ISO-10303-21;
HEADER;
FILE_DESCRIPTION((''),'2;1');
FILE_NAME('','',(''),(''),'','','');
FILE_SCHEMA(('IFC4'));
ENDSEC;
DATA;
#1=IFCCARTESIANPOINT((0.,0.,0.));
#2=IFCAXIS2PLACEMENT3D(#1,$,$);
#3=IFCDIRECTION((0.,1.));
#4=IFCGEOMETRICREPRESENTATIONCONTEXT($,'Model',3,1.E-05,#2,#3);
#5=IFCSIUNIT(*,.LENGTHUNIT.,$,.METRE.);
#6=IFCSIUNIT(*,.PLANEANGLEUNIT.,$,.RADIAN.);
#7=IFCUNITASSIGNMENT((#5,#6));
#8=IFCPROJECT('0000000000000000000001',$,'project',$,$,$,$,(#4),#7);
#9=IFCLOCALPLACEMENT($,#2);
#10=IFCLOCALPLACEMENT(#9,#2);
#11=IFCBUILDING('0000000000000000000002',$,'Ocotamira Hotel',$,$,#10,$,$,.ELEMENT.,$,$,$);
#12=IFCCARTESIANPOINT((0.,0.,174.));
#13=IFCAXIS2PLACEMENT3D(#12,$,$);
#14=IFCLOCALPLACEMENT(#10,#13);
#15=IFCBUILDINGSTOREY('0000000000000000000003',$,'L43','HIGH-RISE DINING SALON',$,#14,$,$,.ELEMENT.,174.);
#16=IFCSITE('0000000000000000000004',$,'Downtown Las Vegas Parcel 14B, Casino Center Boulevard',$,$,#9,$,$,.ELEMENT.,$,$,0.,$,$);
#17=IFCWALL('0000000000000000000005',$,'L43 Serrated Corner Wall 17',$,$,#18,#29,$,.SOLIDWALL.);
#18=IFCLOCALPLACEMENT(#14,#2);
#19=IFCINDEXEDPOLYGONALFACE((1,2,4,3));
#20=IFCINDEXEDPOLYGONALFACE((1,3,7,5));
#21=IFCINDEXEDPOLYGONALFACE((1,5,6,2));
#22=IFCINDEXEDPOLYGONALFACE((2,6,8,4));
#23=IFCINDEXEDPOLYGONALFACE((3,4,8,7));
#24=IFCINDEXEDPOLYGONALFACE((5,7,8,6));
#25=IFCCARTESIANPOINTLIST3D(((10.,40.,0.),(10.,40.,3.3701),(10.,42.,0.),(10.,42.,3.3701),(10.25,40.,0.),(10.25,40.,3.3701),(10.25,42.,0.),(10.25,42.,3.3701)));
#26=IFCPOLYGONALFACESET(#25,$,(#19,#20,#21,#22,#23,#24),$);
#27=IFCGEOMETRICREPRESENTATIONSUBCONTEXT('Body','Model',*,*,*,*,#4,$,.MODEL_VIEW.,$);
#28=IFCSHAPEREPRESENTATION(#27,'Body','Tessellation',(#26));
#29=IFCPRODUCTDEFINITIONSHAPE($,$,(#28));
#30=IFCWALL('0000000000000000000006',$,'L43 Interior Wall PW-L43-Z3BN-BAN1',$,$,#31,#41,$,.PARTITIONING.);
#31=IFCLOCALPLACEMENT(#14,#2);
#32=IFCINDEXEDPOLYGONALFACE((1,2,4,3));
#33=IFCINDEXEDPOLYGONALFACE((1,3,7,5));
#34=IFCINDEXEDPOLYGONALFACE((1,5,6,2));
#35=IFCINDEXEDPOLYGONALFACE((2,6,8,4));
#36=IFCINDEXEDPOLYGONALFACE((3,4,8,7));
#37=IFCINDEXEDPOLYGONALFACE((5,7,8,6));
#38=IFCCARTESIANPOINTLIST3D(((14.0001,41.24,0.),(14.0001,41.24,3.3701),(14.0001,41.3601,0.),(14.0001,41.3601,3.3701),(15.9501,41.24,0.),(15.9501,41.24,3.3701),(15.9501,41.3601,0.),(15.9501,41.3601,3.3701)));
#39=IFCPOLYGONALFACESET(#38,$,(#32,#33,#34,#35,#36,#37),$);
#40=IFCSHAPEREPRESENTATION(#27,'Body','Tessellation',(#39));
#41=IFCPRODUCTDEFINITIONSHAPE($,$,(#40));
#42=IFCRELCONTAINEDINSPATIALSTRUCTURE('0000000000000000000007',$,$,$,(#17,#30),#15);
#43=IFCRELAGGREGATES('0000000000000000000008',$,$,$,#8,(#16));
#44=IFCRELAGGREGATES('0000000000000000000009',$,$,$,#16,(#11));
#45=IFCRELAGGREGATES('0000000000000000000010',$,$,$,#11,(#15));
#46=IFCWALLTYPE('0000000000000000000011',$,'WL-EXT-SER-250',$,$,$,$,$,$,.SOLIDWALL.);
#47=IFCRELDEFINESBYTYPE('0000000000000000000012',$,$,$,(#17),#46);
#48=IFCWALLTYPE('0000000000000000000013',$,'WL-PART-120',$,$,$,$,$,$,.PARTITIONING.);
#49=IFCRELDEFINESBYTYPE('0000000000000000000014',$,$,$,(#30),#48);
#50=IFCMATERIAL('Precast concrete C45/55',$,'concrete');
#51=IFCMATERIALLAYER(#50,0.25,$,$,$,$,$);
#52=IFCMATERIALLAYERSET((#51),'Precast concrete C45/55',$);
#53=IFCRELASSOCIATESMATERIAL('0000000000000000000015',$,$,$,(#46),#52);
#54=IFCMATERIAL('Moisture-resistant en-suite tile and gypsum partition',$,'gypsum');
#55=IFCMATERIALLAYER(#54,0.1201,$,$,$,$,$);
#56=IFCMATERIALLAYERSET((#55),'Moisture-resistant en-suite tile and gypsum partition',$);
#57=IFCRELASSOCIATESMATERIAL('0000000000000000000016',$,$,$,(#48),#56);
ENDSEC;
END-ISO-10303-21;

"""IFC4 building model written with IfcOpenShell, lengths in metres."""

from ifc_helpers import new_model, si_unit, direction, frame, frame_2d, origin, place, context, subcontext, project, spatial, rectangle, extrude, material, layer, layer_set, type_object, element, save


model = new_model("IFC4")

# Units and contexts
model_context = context("Model", 3, precision=1e-05, world=origin(), true_north=direction((0.0, 1.0)))
body_context = subcontext(model_context, "Body", "Model", "MODEL_VIEW")
ifc_project = project(units=[si_unit("LENGTHUNIT", "METRE"), si_unit("PLANEANGLEUNIT", "RADIAN")], contexts=[model_context])

# Site, building, storey
site_placement = place(None, origin())
site = spatial("IfcSite", under=ifc_project, at=site_placement, Name="Downtown Las Vegas Parcel 14B, Casino Center Boulevard", CompositionType="ELEMENT", RefElevation=0.0)
building_placement = place(site_placement, origin())
building = spatial("IfcBuilding", under=site, at=building_placement, Name="Ocotamira Hotel", CompositionType="ELEMENT")
storey_placement = place(building_placement, frame((0.0, 0.0, 174.0)))
storey = spatial("IfcBuildingStorey", under=building, at=storey_placement, Name="L43", Description="HIGH-RISE DINING SALON", CompositionType="ELEMENT", Elevation=174.0)

# Shared definitions
ifc_material_1 = material(Name="Precast concrete C45/55", Category="concrete")
ifc_layer_1 = layer(ifc_material_1, 0.25)
ifc_layer_set_1 = layer_set([ifc_layer_1], Name="Precast concrete C45/55")
wall_type_1 = type_object("IfcWallType", Name="WL-EXT-SER-250", PredefinedType="SOLIDWALL", material=ifc_layer_set_1)

# Walls
for number, where, z_axis, x_axis, name in (
    (1, (10.125, 42.0, 0.0), (0.0, 0.0, 1.0), (0.0, -1.0, 0.0), "L43 Serrated Corner Wall 17"),
):
    element("IfcWall", number, at=place(storey_placement, frame(where, z_axis=z_axis, x_axis=x_axis)), inside=storey, type_object=wall_type_1, Name=name, PredefinedType="SOLIDWALL", context=body_context, shape_type="SweptSolid", body=[
        extrude(rectangle(XDim=2.0, YDim=0.25, at=frame_2d((1.0, 0.0))), origin(), (0.0, 0.0, 1.0), 3.3701),
    ])
ifc_material_2 = material(Name="Moisture-resistant en-suite tile and gypsum partition", Category="gypsum")
ifc_layer_2 = layer(ifc_material_2, 0.1201)
ifc_layer_set_2 = layer_set([ifc_layer_2], Name="Moisture-resistant en-suite tile and gypsum partition")
wall_type_2 = type_object("IfcWallType", Name="WL-PART-120", PredefinedType="PARTITIONING", material=ifc_layer_set_2)
wall_1_placement = place(storey_placement, frame((14.0, 41.3, 0.0), z_axis=(0.0, 0.0, 1.0), x_axis=(1.0, 0.0, 0.0)))
element("IfcWall", 2, at=wall_1_placement, inside=storey, type_object=wall_type_2, Name="L43 Interior Wall PW-L43-Z3BN-BAN1", PredefinedType="PARTITIONING", context=body_context, shape_type="SweptSolid", body=[
    extrude(rectangle(XDim=1.95, YDim=0.1201, at=frame_2d((0.9751, 0.0))), origin(), (0.0, 0.0, 1.0), 3.3701),
])

save(model, "model.ifc")
